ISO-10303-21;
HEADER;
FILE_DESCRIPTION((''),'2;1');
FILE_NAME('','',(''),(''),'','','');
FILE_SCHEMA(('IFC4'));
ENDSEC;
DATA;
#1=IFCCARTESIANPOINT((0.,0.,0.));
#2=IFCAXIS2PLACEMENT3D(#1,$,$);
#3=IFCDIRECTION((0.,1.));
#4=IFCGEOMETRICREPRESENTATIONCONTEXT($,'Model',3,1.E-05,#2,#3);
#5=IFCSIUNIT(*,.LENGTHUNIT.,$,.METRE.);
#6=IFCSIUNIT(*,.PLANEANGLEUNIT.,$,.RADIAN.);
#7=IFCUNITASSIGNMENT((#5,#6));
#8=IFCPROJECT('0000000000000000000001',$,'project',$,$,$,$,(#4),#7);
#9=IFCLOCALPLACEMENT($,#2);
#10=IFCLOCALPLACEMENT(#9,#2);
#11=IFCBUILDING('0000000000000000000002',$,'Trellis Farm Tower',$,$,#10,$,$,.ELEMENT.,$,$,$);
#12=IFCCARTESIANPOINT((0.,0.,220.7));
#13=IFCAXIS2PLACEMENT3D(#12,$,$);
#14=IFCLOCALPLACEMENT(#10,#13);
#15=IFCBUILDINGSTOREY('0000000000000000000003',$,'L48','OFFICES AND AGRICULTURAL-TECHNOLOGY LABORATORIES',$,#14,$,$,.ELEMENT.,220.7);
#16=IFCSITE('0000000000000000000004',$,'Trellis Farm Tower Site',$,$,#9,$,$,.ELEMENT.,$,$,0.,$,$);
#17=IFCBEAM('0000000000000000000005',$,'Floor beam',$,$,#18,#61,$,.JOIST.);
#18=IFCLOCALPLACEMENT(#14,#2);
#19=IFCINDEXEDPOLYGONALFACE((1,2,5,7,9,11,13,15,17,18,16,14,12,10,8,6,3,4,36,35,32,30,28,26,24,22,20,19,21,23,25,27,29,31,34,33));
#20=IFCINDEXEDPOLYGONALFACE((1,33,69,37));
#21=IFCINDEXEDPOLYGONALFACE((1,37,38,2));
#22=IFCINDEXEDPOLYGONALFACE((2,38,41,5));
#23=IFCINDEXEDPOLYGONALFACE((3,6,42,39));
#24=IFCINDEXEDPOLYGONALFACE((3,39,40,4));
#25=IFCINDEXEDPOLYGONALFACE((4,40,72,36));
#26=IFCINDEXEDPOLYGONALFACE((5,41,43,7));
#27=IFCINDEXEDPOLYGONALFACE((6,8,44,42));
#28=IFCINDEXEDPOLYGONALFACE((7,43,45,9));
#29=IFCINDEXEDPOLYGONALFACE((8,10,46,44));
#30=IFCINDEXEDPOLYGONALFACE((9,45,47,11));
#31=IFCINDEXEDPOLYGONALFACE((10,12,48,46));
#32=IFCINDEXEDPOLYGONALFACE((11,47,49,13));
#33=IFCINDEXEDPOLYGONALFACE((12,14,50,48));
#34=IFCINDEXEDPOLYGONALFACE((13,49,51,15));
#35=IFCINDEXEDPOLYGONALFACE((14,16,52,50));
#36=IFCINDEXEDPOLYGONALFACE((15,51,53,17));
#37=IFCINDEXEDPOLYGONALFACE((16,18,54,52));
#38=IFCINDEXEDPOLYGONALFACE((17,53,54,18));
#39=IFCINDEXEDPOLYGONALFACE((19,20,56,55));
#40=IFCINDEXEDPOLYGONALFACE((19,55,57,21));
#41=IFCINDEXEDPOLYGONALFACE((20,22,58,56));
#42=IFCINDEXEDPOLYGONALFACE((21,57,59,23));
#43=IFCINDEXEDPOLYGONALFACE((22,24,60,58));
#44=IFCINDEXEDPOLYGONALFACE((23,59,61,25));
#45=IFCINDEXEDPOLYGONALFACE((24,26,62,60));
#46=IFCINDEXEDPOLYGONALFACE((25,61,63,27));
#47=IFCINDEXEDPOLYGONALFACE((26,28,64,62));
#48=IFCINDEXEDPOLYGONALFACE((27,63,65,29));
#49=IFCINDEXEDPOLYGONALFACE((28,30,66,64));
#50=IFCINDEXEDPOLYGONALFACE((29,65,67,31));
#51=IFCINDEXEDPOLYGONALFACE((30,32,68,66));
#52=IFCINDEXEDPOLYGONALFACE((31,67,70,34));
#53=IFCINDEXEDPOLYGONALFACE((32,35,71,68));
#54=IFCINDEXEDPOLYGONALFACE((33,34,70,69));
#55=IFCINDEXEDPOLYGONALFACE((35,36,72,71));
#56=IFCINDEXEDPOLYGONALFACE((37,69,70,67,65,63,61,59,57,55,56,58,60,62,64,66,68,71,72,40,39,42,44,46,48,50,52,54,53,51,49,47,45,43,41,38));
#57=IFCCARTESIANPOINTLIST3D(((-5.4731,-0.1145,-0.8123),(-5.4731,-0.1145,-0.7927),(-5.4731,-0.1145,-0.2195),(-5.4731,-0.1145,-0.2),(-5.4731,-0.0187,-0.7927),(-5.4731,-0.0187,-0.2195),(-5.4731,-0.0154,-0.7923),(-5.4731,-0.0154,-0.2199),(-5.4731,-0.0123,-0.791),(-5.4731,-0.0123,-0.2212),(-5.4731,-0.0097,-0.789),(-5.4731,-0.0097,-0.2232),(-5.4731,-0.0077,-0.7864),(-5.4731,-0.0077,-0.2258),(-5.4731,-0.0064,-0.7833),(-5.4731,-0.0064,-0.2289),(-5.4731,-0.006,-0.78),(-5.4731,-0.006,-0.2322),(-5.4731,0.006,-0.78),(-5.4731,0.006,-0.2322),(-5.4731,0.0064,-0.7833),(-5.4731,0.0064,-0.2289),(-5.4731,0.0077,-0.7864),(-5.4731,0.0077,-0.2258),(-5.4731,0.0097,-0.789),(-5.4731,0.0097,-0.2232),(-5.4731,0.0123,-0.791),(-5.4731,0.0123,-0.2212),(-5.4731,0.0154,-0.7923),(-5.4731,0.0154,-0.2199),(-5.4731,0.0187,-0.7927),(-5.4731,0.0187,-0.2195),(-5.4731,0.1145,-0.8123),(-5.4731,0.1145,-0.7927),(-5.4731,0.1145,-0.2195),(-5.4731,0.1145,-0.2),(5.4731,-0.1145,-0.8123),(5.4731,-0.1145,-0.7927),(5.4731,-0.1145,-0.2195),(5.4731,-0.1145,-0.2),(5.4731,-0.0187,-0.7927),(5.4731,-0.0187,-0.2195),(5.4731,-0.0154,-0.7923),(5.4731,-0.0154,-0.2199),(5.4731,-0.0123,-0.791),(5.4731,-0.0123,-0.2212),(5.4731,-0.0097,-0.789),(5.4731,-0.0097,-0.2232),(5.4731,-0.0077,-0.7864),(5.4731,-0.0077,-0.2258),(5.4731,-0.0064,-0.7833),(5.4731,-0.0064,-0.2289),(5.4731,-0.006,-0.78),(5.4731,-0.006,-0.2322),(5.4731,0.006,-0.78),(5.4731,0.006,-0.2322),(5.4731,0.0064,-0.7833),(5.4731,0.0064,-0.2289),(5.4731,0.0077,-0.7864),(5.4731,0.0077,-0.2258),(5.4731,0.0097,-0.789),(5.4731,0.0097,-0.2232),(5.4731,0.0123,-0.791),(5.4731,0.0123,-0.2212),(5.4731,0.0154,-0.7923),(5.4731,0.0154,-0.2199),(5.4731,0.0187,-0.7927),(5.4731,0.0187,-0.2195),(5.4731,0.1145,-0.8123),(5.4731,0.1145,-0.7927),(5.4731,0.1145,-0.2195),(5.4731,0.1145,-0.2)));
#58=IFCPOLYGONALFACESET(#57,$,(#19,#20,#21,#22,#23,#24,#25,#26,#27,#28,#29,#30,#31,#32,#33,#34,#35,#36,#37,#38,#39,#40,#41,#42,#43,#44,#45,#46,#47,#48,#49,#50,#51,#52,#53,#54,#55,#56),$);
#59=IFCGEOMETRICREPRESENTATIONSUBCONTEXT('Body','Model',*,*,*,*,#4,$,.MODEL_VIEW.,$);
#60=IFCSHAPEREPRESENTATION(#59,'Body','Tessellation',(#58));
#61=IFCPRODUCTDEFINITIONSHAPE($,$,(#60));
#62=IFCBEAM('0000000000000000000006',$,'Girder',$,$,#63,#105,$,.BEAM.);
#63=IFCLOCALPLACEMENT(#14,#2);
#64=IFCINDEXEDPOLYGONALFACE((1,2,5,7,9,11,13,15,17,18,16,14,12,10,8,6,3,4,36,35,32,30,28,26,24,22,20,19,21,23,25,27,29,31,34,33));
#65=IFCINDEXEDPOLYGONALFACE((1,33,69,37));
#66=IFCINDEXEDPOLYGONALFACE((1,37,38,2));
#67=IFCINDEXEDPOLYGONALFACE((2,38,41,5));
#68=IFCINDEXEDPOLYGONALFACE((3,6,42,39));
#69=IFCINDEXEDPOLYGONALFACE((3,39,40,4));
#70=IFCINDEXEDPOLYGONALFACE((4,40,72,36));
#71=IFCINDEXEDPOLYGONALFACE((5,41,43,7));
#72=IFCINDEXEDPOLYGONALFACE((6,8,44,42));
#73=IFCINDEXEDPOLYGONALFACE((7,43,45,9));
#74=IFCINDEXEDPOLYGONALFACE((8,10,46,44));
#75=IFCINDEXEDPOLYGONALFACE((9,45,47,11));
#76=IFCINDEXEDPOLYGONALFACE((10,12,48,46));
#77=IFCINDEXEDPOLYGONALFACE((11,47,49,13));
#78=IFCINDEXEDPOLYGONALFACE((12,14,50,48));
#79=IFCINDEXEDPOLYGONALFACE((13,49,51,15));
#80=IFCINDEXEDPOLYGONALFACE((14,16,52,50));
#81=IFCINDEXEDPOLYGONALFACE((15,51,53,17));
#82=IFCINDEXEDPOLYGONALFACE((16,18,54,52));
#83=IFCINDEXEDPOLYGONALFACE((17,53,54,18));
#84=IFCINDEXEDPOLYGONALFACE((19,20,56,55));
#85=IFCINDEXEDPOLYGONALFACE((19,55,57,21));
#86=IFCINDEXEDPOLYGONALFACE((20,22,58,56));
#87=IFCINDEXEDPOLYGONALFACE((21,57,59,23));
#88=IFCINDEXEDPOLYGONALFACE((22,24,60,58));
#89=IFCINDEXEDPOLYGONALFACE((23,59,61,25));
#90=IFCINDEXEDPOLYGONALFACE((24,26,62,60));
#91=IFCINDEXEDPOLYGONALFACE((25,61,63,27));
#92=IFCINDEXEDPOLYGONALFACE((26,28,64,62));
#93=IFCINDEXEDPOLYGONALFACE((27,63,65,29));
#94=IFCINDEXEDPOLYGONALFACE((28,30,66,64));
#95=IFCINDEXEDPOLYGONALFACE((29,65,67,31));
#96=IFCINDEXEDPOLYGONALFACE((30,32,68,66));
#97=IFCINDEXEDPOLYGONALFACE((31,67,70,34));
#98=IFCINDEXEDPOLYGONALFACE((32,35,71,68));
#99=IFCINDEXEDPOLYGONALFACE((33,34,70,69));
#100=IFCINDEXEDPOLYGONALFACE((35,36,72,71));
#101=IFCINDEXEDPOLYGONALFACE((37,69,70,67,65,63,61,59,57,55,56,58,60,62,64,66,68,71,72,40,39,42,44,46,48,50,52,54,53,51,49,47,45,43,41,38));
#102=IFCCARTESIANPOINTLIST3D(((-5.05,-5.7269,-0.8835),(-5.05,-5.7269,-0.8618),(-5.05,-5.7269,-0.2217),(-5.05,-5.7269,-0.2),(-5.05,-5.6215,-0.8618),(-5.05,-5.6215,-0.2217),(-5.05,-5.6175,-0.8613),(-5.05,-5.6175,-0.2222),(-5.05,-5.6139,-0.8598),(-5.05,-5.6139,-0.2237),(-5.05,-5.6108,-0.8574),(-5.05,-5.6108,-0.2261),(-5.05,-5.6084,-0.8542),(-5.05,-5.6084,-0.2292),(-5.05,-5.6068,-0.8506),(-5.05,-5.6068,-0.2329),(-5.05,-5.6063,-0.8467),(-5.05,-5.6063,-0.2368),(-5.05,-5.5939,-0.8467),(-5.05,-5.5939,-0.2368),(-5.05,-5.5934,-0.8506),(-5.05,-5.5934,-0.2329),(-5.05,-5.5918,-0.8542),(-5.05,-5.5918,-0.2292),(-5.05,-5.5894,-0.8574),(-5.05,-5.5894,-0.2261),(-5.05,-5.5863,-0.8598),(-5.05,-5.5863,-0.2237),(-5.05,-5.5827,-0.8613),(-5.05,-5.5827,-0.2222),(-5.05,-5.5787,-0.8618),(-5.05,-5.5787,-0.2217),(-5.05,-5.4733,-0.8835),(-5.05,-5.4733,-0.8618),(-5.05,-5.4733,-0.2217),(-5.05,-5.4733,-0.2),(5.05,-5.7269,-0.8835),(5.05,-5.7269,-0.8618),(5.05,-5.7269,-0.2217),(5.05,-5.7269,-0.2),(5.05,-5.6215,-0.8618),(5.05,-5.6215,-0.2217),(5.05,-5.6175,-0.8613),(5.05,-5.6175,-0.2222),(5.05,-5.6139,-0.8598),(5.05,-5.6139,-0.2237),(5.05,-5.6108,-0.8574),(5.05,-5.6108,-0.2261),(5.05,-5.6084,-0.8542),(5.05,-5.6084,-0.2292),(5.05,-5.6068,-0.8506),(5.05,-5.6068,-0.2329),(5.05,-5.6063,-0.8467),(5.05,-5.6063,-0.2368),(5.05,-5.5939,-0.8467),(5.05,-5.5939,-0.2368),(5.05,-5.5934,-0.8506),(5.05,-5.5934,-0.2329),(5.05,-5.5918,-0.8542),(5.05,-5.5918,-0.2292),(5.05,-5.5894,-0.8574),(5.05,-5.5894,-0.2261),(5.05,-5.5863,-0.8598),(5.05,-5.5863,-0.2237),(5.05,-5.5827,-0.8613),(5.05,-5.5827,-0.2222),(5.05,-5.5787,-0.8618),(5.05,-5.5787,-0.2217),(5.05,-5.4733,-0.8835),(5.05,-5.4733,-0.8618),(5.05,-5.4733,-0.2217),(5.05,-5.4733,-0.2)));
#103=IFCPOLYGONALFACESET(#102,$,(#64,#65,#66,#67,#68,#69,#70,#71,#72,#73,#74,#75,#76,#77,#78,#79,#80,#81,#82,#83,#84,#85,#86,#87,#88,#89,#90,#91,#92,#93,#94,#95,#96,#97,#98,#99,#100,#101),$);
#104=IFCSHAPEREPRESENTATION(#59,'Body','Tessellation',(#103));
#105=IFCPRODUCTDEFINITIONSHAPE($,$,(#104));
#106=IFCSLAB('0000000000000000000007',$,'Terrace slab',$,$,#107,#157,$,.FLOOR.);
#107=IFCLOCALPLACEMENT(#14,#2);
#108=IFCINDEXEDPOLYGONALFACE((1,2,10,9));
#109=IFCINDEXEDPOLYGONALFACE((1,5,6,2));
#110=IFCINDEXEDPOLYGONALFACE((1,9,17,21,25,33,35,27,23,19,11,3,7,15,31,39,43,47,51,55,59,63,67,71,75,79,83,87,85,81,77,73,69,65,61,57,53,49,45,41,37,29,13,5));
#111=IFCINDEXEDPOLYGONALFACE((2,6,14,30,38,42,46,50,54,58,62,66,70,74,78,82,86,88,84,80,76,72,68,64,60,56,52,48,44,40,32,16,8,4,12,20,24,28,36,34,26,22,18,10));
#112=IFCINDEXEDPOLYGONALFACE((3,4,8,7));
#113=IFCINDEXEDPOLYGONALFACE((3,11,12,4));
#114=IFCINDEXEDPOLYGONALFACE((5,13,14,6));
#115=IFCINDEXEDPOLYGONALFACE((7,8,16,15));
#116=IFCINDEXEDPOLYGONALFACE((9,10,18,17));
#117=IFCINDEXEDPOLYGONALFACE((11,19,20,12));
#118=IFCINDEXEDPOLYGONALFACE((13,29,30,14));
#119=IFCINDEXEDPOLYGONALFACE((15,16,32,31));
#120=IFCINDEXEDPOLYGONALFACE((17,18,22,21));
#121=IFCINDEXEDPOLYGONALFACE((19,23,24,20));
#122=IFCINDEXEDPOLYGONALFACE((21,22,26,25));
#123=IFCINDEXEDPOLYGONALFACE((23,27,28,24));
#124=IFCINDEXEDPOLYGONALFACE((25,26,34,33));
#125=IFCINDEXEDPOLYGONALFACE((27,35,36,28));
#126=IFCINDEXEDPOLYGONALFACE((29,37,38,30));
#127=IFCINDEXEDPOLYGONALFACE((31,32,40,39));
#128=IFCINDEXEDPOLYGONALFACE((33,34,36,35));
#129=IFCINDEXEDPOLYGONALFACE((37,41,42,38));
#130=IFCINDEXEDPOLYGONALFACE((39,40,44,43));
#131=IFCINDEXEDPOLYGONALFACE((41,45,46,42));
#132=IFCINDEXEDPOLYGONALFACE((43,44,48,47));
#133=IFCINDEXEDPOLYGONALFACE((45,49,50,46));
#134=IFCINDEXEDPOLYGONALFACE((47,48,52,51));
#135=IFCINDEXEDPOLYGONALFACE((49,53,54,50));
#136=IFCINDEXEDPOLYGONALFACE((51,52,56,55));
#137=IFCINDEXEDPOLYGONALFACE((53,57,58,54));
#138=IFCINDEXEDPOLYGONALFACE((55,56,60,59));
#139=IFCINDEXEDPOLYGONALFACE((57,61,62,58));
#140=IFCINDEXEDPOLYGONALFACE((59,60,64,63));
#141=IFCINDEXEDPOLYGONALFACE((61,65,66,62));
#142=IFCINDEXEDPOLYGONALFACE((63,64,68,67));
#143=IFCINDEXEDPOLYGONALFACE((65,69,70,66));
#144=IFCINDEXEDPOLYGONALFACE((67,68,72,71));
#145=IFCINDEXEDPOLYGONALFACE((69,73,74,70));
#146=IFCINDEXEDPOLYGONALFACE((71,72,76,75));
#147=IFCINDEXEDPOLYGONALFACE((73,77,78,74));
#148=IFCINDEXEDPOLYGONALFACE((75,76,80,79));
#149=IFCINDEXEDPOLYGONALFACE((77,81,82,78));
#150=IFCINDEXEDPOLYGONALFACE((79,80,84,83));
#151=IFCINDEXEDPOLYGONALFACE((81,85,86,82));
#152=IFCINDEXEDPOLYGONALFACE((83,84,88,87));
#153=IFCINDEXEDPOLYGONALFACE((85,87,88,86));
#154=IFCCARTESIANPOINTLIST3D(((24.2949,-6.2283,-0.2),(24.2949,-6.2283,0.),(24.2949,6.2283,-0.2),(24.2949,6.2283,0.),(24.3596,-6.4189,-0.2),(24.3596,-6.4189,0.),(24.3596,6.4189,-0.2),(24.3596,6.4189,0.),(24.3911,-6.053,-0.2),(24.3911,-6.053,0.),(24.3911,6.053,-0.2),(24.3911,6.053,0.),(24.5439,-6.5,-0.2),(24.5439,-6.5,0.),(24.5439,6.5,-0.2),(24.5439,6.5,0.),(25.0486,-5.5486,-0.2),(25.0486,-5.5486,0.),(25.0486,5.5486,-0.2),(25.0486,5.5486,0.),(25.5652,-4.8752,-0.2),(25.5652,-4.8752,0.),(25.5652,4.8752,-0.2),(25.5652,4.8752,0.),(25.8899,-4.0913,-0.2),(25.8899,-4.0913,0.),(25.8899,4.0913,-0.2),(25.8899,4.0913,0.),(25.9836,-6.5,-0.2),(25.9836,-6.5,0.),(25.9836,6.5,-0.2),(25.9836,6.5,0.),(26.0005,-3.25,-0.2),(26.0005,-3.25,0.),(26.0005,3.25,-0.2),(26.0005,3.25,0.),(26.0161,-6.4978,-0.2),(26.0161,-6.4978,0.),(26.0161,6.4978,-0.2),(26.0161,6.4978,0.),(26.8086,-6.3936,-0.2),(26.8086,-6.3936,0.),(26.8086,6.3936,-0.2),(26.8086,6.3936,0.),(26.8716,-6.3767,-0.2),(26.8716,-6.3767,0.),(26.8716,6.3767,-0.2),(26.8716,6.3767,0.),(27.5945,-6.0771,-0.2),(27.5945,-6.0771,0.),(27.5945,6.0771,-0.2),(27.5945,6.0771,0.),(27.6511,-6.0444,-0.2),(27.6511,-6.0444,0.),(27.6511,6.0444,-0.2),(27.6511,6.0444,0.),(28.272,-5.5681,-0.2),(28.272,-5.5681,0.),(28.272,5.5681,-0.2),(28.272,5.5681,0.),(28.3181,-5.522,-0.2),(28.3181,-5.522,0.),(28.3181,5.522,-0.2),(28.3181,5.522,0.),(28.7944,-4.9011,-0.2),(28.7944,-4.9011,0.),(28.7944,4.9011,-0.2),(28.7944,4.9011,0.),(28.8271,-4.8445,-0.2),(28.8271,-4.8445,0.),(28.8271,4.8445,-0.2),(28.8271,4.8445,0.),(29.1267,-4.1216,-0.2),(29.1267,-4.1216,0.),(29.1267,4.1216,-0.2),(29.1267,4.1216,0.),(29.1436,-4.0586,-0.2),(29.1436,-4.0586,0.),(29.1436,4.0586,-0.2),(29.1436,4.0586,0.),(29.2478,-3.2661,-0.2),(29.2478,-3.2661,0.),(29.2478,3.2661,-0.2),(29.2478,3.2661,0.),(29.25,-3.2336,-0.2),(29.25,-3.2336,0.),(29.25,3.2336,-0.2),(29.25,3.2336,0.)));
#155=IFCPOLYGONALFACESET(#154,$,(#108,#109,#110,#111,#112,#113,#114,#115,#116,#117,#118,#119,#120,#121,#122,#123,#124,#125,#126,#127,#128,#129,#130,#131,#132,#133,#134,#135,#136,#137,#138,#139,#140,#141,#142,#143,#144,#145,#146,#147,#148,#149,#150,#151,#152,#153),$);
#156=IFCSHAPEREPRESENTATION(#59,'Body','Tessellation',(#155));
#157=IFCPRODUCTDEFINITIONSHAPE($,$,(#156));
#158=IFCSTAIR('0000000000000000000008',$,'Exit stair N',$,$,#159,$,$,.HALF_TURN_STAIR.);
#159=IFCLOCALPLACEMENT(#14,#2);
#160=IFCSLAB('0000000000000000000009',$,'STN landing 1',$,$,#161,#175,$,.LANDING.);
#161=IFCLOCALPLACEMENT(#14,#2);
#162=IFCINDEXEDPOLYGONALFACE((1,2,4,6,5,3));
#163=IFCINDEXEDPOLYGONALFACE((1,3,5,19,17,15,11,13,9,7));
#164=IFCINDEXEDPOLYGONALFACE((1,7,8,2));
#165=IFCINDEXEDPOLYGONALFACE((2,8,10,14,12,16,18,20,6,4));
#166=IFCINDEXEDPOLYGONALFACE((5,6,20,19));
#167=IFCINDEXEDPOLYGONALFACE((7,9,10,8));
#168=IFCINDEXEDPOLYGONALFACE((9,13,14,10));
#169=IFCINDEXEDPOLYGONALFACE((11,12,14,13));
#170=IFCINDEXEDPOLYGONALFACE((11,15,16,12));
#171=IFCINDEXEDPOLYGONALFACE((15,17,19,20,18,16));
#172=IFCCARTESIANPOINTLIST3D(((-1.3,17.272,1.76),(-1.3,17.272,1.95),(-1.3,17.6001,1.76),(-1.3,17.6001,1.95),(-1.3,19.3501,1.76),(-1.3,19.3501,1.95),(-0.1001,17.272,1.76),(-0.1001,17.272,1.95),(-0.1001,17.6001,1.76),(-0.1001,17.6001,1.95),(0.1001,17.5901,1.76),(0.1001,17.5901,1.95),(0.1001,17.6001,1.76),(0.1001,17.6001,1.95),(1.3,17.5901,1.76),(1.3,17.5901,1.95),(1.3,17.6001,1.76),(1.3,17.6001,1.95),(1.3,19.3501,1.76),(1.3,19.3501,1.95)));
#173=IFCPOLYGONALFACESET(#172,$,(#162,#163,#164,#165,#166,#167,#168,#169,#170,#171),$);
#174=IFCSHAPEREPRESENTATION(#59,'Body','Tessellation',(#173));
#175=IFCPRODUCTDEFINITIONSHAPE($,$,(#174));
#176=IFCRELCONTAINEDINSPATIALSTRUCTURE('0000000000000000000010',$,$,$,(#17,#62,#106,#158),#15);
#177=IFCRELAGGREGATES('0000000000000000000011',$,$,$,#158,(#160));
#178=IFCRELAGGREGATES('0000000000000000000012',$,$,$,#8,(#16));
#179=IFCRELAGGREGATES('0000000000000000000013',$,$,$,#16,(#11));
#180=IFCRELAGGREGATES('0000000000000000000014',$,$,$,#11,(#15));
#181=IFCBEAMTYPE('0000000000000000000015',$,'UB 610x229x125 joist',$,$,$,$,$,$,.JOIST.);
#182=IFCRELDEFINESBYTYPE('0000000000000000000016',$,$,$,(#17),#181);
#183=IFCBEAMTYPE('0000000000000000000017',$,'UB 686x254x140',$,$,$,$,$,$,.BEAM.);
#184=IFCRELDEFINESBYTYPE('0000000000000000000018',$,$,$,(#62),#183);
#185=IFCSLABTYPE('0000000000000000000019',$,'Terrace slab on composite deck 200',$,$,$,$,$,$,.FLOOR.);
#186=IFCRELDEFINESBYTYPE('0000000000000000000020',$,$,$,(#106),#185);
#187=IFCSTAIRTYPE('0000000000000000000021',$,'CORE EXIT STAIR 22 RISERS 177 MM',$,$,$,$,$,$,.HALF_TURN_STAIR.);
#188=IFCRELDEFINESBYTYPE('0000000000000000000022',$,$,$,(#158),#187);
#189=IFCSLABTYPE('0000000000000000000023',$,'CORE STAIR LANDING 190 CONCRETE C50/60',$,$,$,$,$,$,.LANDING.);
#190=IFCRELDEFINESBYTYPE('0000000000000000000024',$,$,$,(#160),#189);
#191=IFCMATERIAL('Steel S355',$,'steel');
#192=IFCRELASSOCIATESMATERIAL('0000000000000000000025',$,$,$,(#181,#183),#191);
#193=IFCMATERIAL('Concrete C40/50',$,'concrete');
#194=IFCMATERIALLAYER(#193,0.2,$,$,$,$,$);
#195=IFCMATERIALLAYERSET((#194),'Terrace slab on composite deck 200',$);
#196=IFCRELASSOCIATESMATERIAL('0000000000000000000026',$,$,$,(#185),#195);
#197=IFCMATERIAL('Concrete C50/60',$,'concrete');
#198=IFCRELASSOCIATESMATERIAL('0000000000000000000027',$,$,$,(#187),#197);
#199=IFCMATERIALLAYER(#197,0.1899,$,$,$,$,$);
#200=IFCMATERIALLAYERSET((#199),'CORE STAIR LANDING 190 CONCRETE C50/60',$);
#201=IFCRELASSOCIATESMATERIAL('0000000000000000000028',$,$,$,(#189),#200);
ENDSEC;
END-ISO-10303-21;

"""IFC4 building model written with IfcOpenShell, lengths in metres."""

from ifc_helpers import new_model, si_unit, direction, frame, origin, origin_2d, place, context, subcontext, project, spatial, polyline, i_section, outline, extrude, source, transform, mapped, material, layer, layer_set, material_profile, profile_set, type_object, element, aggregate, save


model = new_model("IFC4")

# Units and contexts
model_context = context("Model", 3, precision=1e-05, world=origin(), true_north=direction((0.0, 1.0)))
body_context = subcontext(model_context, "Body", "Model", "MODEL_VIEW")
ifc_project = project(units=[si_unit("LENGTHUNIT", "METRE"), si_unit("PLANEANGLEUNIT", "RADIAN")], contexts=[model_context])

# Site, building, storey
site_placement = place(None, origin())
site = spatial("IfcSite", under=ifc_project, at=site_placement, Name="Trellis Farm Tower Site", CompositionType="ELEMENT", RefElevation=0.0)
building_placement = place(site_placement, origin())
building = spatial("IfcBuilding", under=site, at=building_placement, Name="Trellis Farm Tower", CompositionType="ELEMENT")
storey_placement = place(building_placement, frame((0.0, 0.0, 220.7)))
storey = spatial("IfcBuildingStorey", under=building, at=storey_placement, Name="L48", Description="OFFICES AND AGRICULTURAL-TECHNOLOGY LABORATORIES", CompositionType="ELEMENT", Elevation=220.7)

# Beams
ifc_material_1 = material(Name="Steel S355", Category="steel")
ifc_material_profile_1 = material_profile(ifc_material_1, i_section(OverallWidth=0.229, OverallDepth=0.6123, WebThickness=0.012, FlangeThickness=0.0195, FilletRadius=0.0127, at=origin_2d()), Name="UB 610x229x125")
ifc_profile_set_1 = profile_set([ifc_material_profile_1], Name="Steel S355")
beam_type_1 = type_object("IfcBeamType", Name="UB 610x229x125 joist", PredefinedType="JOIST", material=ifc_profile_set_1)
shared_shape_1 = source(origin(), body_context, "Body", "SweptSolid", [
    extrude(i_section(OverallWidth=0.229, OverallDepth=0.6123, WebThickness=0.012, FlangeThickness=0.0195, FilletRadius=0.0127, at=origin_2d()), origin(), (0.0, 0.0, 1.0), 10.9463),
])
beam_1_placement = place(storey_placement, frame((-5.4731, 0.0, -0.5061), z_axis=(1.0, 0.0, 0.0), x_axis=(0.0, 1.0, 0.0)))
element("IfcBeam", 1, at=beam_1_placement, inside=storey, type_object=beam_type_1, Name="Floor beam", PredefinedType="JOIST", context=body_context, shape_type="MappedRepresentation", body=[
    mapped(shared_shape_1, transform((0.0, 0.0, 0.0))),
])
ifc_material_profile_2 = material_profile(ifc_material_1, i_section(OverallWidth=0.2537, OverallDepth=0.6836, WebThickness=0.0125, FlangeThickness=0.0217, FilletRadius=0.0151, at=origin_2d()), Name="UB 686x254x140")
ifc_profile_set_2 = profile_set([ifc_material_profile_2], Name="Steel S355")
beam_type_2 = type_object("IfcBeamType", Name="UB 686x254x140", PredefinedType="BEAM", material=ifc_profile_set_2)
shared_shape_2 = source(origin(), body_context, "Body", "SweptSolid", [
    extrude(i_section(OverallWidth=0.2537, OverallDepth=0.6836, WebThickness=0.0125, FlangeThickness=0.0217, FilletRadius=0.0151, at=origin_2d()), origin(), (0.0, 0.0, 1.0), 10.1001),
])
beam_2_placement = place(storey_placement, frame((-5.05, -5.6001, -0.5417), z_axis=(1.0, 0.0, 0.0), x_axis=(0.0, 1.0, 0.0)))
element("IfcBeam", 2, at=beam_2_placement, inside=storey, type_object=beam_type_2, Name="Girder", PredefinedType="BEAM", context=body_context, shape_type="MappedRepresentation", body=[
    mapped(shared_shape_2, transform((0.0, 0.0, 0.0))),
])

# Slab
ifc_material_2 = material(Name="Concrete C40/50", Category="concrete")
ifc_layer_1 = layer(ifc_material_2, 0.2)
ifc_layer_set_1 = layer_set([ifc_layer_1], Name="Terrace slab on composite deck 200")
slab_type_1 = type_object("IfcSlabType", Name="Terrace slab on composite deck 200", PredefinedType="FLOOR", material=ifc_layer_set_1)
placement_1 = place(storey_placement, frame((0.0, 0.0, -0.2)))
element("IfcSlab", 3, at=placement_1, inside=storey, type_object=slab_type_1, Name="Terrace slab", PredefinedType="FLOOR", context=body_context, shape_type="SweptSolid", body=[
    extrude(outline(polyline([(24.2949, -6.2283), (24.3911, -6.053), (25.0486, -5.5486), (25.5652, -4.8752), (25.8899, -4.0913), (26.0005, -3.25), (26.0005, 3.25), (25.8899, 4.0913), (25.5652, 4.8752), (25.0486, 5.5486), (24.3911, 6.053), (24.2949, 6.2283), (24.3596, 6.4189), (24.5439, 6.5), (25.9836, 6.5), (26.0161, 6.4978), (26.8086, 6.3936), (26.8716, 6.3767), (27.5945, 6.0771), (27.6511, 6.0444), (28.272, 5.5681), (28.3181, 5.522), (28.7944, 4.9011), (28.8271, 4.8445), (29.1267, 4.1216), (29.1436, 4.0586), (29.2478, 3.2661), (29.25, 3.2336), (29.25, -3.2336), (29.2478, -3.2661), (29.1436, -4.0586), (29.1267, -4.1216), (28.8271, -4.8445), (28.7944, -4.9011), (28.3181, -5.522), (28.272, -5.5681), (27.6511, -6.0444), (27.5945, -6.0771), (26.8716, -6.3767), (26.8086, -6.3936), (26.0161, -6.4978), (25.9836, -6.5), (24.5439, -6.5), (24.3596, -6.4189), (24.2949, -6.2283)])), origin(), (0.0, 0.0, 1.0), 0.2),
])

# Stair, slab
ifc_material_3 = material(Name="Concrete C50/60", Category="concrete")
stair_type = type_object("IfcStairType", Name="CORE EXIT STAIR 22 RISERS 177 MM", PredefinedType="HALF_TURN_STAIR", material=ifc_material_3)
placement_2 = place(storey_placement, origin())
stair_1 = element("IfcStair", 4, at=placement_2, inside=storey, type_object=stair_type, Name="Exit stair N", PredefinedType="HALF_TURN_STAIR")
ifc_layer_2 = layer(ifc_material_3, 0.1899)
ifc_layer_set_2 = layer_set([ifc_layer_2], Name="CORE STAIR LANDING 190 CONCRETE C50/60")
slab_type_2 = type_object("IfcSlabType", Name="CORE STAIR LANDING 190 CONCRETE C50/60", PredefinedType="LANDING", material=ifc_layer_set_2)
shared_shape_3 = source(origin(), body_context, "Body", "SweptSolid", [
    extrude(outline(polyline([(-0.1001, 17.272), (-1.3, 17.272), (-1.3, 17.6001), (-1.3, 19.3501), (1.3, 19.3501), (1.3, 17.6001), (1.3, 17.5901), (0.1001, 17.5901), (0.1001, 17.6001), (-0.1001, 17.6001), (-0.1001, 17.272)])), origin(), (0.0, 0.0, 1.0), 0.1899),
])
placement_3 = place(storey_placement, frame((0.0, 0.0, 1.76)))
slab_1 = element("IfcSlab", 5, at=placement_3, type_object=slab_type_2, Name="STN landing 1", PredefinedType="LANDING", context=body_context, shape_type="MappedRepresentation", body=[
    mapped(shared_shape_3, transform((0.0, 0.0, 0.0))),
])
aggregate(stair_1, [slab_1])

save(model, "model.ifc")
